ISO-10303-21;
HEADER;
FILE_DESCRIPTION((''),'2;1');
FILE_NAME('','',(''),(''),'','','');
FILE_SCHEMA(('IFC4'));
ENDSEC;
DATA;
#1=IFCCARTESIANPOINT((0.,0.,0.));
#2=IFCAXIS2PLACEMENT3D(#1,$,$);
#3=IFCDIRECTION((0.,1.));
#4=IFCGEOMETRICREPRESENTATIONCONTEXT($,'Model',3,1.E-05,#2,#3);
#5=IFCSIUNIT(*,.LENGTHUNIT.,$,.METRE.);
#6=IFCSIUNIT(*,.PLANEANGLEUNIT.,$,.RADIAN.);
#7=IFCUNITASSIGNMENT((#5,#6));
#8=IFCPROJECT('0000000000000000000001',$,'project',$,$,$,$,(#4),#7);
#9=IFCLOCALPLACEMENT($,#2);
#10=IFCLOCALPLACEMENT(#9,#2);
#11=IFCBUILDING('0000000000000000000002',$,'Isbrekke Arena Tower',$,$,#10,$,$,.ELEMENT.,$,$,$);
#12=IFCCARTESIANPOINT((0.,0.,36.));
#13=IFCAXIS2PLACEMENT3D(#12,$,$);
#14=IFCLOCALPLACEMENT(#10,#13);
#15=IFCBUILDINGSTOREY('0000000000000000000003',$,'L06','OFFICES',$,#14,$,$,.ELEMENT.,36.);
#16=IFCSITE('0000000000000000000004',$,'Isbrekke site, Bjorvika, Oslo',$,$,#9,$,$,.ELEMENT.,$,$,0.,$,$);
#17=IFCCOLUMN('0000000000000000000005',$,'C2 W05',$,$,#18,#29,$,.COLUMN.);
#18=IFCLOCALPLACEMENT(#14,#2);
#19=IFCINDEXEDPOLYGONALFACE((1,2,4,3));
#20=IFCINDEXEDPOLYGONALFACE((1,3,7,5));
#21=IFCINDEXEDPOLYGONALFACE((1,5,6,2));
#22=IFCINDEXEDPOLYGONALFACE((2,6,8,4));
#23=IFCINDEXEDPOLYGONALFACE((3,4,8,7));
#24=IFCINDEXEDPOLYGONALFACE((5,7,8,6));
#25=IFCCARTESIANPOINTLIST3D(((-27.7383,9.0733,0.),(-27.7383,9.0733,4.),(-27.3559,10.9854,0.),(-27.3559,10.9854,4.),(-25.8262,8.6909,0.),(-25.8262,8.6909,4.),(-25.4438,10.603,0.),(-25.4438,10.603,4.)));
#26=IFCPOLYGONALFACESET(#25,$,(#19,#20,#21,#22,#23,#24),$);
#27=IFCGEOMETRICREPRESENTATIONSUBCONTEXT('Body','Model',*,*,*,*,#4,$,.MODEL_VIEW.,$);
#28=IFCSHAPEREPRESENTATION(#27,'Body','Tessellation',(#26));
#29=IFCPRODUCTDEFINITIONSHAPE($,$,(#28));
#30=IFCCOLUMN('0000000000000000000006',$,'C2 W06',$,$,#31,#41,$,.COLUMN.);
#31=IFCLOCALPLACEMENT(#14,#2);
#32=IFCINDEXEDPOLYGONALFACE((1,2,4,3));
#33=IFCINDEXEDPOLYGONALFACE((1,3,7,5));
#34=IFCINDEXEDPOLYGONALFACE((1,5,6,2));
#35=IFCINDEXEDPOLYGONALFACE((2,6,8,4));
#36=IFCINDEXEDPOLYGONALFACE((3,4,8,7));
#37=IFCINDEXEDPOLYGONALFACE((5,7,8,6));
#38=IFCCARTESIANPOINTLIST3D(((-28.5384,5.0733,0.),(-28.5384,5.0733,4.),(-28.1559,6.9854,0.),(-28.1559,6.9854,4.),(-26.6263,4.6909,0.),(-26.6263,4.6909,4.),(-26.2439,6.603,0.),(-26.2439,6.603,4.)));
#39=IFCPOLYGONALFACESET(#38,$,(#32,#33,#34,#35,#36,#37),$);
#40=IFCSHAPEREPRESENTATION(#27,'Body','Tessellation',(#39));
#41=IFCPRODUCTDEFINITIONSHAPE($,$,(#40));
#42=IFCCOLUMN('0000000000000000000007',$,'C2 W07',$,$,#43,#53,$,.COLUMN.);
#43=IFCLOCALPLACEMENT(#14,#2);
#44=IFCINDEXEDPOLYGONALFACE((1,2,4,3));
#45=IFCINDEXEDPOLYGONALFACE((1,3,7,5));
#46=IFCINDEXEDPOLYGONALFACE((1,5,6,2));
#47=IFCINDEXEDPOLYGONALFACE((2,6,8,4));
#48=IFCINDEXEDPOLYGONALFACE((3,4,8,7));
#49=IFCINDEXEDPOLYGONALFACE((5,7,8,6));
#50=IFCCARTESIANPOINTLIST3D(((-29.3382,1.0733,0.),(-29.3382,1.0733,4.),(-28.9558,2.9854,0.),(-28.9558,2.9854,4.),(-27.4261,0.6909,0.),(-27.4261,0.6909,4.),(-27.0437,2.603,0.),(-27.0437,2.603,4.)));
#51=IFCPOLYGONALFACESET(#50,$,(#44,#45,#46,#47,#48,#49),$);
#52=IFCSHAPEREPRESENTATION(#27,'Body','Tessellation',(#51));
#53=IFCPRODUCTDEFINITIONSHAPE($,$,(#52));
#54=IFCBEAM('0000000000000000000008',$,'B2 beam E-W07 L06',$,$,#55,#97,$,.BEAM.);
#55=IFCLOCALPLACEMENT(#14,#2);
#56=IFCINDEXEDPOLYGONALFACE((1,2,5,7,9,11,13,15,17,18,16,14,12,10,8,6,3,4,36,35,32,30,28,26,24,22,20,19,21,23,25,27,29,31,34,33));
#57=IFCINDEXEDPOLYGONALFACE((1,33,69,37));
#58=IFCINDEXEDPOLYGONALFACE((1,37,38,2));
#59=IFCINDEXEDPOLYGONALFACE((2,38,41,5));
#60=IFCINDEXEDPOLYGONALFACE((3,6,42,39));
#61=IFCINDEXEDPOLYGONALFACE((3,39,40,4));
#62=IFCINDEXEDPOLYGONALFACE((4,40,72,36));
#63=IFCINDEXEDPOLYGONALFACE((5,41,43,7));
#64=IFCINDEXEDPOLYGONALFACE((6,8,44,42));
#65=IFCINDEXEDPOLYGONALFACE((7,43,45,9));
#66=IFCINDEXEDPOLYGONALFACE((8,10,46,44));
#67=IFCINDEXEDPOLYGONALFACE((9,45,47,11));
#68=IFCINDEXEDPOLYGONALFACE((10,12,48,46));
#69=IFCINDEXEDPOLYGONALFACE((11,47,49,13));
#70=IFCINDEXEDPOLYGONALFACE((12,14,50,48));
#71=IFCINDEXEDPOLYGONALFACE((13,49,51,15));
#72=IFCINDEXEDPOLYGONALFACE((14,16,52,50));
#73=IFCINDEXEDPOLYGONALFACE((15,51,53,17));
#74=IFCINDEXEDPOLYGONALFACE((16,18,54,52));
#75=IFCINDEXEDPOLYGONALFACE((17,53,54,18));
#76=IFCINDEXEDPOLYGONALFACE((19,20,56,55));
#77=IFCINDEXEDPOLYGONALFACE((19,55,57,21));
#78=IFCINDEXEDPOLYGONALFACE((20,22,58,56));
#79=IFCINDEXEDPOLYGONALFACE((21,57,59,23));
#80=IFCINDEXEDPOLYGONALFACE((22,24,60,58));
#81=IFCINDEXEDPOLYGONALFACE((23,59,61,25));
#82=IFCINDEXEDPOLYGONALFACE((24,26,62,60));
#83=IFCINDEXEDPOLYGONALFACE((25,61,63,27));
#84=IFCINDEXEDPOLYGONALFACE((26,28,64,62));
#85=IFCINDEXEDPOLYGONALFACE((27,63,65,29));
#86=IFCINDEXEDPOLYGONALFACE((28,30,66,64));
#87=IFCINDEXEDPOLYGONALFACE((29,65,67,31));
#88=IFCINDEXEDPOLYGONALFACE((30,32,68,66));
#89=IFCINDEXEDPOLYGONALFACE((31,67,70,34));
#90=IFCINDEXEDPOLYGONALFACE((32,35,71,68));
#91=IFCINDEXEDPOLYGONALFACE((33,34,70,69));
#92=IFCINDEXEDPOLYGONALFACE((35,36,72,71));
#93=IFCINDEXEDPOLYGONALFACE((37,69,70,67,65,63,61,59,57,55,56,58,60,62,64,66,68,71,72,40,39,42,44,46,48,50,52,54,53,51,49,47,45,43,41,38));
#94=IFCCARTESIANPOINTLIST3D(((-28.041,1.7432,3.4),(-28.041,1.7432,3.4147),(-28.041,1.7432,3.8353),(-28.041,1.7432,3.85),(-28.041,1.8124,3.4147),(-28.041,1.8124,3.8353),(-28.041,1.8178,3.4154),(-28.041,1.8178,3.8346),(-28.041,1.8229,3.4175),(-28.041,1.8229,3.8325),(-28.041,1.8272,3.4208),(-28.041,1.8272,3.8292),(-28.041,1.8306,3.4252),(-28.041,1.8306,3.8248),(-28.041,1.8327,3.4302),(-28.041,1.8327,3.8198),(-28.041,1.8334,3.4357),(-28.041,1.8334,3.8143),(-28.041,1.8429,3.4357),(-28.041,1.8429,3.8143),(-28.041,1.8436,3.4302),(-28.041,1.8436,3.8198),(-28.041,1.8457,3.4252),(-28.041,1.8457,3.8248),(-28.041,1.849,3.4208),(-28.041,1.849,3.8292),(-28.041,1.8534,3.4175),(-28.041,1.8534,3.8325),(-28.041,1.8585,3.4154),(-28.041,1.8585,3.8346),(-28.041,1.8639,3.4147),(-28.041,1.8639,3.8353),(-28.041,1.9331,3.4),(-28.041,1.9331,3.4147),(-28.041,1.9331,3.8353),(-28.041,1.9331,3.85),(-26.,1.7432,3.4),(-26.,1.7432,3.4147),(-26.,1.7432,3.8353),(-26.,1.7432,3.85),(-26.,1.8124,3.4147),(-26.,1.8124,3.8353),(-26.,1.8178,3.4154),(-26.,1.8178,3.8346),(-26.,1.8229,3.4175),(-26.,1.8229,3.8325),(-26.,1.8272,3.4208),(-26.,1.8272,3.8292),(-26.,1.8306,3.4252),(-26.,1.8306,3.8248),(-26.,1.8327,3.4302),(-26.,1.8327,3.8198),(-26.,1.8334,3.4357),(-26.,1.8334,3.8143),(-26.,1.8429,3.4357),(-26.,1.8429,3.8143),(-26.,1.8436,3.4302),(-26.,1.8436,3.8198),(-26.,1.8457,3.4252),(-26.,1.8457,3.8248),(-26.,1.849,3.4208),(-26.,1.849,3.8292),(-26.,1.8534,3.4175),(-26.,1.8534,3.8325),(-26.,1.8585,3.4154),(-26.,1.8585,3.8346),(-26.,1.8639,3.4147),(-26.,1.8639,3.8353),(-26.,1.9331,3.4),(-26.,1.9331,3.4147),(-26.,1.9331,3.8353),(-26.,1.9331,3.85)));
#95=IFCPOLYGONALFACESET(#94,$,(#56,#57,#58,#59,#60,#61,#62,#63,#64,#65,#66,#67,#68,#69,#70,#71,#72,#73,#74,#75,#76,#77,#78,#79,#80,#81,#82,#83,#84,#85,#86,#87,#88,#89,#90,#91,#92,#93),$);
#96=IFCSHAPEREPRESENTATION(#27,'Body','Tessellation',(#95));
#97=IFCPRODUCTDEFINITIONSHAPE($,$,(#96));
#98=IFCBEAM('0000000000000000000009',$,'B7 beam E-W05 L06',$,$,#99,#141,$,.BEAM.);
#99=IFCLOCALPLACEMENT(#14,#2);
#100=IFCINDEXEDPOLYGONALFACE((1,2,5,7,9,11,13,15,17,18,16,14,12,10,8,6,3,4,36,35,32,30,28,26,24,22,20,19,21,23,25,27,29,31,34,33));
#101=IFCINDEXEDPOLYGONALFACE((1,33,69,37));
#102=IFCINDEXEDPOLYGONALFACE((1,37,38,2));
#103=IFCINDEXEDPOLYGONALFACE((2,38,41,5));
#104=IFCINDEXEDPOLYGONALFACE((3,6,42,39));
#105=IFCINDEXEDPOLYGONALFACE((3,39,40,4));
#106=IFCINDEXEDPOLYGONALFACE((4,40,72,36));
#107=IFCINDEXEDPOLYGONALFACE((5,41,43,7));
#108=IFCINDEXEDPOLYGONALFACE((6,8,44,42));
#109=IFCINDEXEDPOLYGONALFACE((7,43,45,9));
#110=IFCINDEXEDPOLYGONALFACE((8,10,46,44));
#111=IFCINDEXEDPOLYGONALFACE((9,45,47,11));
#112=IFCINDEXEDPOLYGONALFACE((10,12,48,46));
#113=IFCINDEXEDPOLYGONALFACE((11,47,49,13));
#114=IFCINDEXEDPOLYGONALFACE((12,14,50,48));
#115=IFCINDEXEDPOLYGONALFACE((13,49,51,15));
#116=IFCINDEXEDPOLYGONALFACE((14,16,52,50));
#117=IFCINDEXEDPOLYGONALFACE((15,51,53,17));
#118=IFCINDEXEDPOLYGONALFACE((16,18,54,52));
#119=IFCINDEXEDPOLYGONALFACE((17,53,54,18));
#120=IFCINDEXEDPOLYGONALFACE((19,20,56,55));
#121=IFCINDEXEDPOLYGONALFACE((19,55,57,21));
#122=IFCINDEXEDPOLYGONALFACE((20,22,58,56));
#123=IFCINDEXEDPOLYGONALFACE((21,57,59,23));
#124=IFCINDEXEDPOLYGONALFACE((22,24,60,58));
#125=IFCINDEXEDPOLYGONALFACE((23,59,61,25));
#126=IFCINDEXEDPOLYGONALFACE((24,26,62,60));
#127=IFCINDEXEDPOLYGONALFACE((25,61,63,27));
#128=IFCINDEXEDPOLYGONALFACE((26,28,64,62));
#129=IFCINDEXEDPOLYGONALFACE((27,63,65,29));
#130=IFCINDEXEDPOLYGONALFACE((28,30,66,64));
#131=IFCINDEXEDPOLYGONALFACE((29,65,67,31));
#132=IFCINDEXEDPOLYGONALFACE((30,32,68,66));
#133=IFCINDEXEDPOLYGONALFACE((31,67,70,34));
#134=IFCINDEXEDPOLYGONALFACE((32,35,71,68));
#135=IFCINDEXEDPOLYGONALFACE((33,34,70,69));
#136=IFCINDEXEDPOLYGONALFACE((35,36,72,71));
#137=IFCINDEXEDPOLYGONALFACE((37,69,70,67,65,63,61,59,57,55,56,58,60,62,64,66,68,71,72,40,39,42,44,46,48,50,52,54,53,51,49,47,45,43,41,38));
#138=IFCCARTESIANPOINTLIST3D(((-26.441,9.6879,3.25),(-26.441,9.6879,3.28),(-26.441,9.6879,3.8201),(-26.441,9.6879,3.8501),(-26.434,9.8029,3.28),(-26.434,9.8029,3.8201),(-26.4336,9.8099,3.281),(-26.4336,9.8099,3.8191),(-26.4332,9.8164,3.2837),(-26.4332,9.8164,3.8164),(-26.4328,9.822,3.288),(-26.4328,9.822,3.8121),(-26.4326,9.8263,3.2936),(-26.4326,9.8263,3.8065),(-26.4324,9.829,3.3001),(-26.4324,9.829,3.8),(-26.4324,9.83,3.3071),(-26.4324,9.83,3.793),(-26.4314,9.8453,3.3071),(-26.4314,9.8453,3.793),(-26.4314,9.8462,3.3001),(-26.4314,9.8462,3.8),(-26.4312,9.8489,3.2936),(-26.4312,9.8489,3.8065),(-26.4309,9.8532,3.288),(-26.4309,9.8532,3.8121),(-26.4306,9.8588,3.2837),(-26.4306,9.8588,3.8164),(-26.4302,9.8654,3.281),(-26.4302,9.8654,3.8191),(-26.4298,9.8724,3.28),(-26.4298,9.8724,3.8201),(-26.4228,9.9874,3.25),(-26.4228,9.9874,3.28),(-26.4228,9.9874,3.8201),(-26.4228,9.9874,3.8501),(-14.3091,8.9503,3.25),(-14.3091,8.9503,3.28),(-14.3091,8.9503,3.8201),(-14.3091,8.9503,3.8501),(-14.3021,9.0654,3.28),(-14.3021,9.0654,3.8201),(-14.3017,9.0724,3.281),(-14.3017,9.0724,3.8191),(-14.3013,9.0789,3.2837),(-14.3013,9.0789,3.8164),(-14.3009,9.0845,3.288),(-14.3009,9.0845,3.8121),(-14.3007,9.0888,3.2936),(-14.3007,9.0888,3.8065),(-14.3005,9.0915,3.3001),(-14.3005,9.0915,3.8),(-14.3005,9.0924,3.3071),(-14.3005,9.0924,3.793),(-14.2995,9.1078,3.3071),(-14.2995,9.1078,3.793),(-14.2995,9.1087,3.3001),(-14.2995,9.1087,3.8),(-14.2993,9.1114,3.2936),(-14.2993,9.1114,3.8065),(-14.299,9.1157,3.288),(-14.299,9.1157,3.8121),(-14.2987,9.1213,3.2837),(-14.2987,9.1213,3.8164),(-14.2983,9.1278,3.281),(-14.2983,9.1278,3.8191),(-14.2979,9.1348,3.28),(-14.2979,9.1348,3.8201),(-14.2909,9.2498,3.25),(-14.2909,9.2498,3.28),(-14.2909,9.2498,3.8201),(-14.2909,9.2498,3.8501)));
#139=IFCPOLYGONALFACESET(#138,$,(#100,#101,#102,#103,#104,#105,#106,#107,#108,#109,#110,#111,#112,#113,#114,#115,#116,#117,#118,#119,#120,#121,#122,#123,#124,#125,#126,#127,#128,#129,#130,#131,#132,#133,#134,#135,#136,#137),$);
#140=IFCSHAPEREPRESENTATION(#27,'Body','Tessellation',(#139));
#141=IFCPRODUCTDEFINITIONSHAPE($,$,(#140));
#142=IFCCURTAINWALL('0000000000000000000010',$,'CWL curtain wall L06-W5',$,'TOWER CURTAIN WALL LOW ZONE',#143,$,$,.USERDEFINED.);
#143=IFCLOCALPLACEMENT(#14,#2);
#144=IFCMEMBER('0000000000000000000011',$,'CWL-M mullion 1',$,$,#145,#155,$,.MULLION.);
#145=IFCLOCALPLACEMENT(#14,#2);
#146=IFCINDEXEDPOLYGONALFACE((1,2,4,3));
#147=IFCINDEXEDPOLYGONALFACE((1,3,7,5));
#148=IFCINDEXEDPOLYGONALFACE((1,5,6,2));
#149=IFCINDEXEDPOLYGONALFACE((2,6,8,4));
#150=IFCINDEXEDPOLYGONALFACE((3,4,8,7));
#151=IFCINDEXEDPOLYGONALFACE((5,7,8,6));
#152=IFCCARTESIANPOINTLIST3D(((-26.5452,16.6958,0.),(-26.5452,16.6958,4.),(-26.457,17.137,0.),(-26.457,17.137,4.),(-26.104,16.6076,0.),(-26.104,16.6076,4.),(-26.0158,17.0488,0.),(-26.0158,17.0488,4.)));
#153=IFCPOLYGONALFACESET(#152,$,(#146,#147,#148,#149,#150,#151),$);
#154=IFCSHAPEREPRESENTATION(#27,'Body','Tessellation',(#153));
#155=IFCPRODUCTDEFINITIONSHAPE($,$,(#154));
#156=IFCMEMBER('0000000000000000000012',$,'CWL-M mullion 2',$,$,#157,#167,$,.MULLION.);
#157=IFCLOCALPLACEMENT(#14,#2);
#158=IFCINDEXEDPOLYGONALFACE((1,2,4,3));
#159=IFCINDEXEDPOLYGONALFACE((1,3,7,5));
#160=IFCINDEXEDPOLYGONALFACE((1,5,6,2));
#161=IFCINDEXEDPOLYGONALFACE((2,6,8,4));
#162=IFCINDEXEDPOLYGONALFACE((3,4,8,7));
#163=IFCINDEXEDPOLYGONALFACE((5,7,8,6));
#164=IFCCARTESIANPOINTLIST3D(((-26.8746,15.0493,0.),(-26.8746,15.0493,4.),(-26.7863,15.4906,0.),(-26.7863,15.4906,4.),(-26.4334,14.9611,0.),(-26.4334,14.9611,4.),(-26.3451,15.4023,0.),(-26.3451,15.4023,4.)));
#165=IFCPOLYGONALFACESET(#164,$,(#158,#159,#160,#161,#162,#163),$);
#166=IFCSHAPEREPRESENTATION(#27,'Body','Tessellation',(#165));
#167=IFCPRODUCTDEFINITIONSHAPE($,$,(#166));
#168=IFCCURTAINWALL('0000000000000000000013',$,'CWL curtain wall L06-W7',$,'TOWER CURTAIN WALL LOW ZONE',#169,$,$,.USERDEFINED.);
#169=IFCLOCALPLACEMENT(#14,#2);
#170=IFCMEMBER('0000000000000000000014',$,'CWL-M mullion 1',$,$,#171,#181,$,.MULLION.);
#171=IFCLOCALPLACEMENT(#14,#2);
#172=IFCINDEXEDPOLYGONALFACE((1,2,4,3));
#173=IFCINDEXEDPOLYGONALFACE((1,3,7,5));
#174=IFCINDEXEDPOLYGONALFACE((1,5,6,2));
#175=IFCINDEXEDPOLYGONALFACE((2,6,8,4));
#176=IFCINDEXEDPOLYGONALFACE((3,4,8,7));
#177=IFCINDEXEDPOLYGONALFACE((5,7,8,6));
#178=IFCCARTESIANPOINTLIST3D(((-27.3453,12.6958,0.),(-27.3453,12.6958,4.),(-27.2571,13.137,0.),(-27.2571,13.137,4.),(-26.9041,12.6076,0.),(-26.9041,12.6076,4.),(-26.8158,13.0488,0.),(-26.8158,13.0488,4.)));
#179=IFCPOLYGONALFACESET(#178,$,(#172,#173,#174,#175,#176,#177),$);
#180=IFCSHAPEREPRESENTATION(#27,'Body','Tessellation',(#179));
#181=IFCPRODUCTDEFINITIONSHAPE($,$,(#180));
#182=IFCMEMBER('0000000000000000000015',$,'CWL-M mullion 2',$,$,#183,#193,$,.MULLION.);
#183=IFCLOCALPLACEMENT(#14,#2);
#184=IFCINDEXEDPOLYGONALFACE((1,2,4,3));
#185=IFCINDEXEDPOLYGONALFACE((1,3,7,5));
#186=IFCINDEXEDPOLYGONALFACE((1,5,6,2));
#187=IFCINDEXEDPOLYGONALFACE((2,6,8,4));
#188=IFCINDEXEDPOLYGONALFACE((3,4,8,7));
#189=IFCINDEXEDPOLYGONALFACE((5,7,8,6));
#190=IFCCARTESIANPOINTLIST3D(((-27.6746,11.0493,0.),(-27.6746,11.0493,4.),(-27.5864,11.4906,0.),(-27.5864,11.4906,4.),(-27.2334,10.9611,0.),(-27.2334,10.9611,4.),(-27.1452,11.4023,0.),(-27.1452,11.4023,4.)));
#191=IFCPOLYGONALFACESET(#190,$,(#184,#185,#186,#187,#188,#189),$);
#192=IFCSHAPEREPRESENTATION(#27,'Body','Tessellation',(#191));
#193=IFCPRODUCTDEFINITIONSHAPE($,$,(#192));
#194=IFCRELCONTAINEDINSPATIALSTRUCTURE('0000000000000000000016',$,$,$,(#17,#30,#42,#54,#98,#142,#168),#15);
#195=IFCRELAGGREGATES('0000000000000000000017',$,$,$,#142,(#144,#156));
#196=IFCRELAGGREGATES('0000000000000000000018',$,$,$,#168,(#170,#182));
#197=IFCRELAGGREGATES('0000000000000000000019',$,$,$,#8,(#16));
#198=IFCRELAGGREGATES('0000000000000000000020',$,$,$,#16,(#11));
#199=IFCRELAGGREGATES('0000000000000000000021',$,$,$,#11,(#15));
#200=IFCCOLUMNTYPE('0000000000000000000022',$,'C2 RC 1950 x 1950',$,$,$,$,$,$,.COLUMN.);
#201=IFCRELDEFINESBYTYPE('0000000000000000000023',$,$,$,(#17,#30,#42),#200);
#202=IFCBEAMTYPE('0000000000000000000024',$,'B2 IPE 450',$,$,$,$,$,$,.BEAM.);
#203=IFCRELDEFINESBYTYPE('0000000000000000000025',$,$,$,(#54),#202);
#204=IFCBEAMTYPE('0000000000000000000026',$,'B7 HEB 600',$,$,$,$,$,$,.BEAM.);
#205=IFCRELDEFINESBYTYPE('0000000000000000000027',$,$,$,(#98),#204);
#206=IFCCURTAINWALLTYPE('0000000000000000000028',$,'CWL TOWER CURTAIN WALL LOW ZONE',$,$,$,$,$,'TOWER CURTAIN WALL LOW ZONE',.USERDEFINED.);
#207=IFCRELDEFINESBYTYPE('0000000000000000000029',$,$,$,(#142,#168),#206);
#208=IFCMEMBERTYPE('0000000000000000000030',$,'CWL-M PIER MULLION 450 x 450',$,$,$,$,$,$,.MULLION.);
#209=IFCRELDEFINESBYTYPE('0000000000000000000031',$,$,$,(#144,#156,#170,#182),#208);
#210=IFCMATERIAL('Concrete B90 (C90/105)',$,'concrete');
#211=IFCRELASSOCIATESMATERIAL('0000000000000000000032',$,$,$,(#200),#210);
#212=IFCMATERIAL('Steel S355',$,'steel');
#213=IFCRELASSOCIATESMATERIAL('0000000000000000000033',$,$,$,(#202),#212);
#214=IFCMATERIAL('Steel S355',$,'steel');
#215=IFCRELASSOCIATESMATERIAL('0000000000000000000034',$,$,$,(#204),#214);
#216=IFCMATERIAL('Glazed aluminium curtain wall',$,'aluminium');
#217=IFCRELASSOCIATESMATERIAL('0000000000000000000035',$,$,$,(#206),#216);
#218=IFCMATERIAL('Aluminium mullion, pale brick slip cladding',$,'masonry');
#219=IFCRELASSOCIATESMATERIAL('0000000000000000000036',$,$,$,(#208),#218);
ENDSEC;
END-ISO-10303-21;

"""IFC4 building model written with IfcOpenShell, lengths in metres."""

from ifc_helpers import new_model, si_unit, direction, frame, origin, origin_2d, place, context, subcontext, project, spatial, rectangle, i_section, extrude, material, material_profile, profile_set, type_object, element, aggregate, save


model = new_model("IFC4")

# Units and contexts
model_context = context("Model", 3, precision=1e-05, world=origin(), true_north=direction((0.0, 1.0)))
body_context = subcontext(model_context, "Body", "Model", "MODEL_VIEW")
ifc_project = project(units=[si_unit("LENGTHUNIT", "METRE"), si_unit("PLANEANGLEUNIT", "RADIAN")], contexts=[model_context])

# Site, building, storey
site_placement = place(None, origin())
site = spatial("IfcSite", under=ifc_project, at=site_placement, Name="Isbrekke site, Bjorvika, Oslo", CompositionType="ELEMENT", RefElevation=0.0)
building_placement = place(site_placement, origin())
building = spatial("IfcBuilding", under=site, at=building_placement, Name="Isbrekke Arena Tower", CompositionType="ELEMENT")
storey_placement = place(building_placement, frame((0.0, 0.0, 36.0)))
storey = spatial("IfcBuildingStorey", under=building, at=storey_placement, Name="L06", Description="OFFICES", CompositionType="ELEMENT", Elevation=36.0)

# Columns
ifc_material_1 = material(Name="Concrete B90 (C90/105)", Category="concrete")
ifc_material_profile_1 = material_profile(ifc_material_1, rectangle(XDim=1.95, YDim=1.95, at=origin_2d()), Name="RC 1950x1950")
ifc_profile_set_1 = profile_set([ifc_material_profile_1], Name="Concrete B90 (C90/105)")
column_type = type_object("IfcColumnType", Name="C2 RC 1950 x 1950", PredefinedType="COLUMN", material=ifc_profile_set_1)
for number, where, z_axis, x_axis, name in (
    (1, (-26.5911, 9.8381, 0.0), (0.0, 0.0, 1.0), (-0.196116, -0.980581, 0.0), "C2 W05"),
    (2, (-27.3911, 5.8381, 0.0), (0.0, 0.0, 1.0), (-0.196116, -0.980581, 0.0), "C2 W06"),
    (3, (-28.1909, 1.8381, 0.0), (0.0, 0.0, 1.0), (-0.196116, -0.980581, 0.0), "C2 W07"),
):
    element("IfcColumn", number, at=place(storey_placement, frame(where, z_axis=z_axis, x_axis=x_axis)), inside=storey, type_object=column_type, Name=name, PredefinedType="COLUMN", context=body_context, shape_type="SweptSolid", body=[
        extrude(rectangle(XDim=1.95, YDim=1.95, at=origin_2d()), origin(), (0.0, 0.0, 1.0), 4.0),
    ])

# Beams
ifc_material_2 = material(Name="Steel S355", Category="steel")
ifc_material_profile_2 = material_profile(ifc_material_2, i_section(OverallWidth=0.1899, OverallDepth=0.45, WebThickness=0.0095, FlangeThickness=0.0146, FilletRadius=0.021, at=origin_2d()), Name="IPE 450")
ifc_profile_set_2 = profile_set([ifc_material_profile_2], Name="Steel S355")
beam_type_1 = type_object("IfcBeamType", Name="B2 IPE 450", PredefinedType="BEAM", material=ifc_profile_set_2)
beam_1_placement = place(storey_placement, frame((-28.041, 1.8381, 3.625), z_axis=(1.0, 0.0, 0.0), x_axis=(0.0, 1.0, 0.0)))
element("IfcBeam", 4, at=beam_1_placement, inside=storey, type_object=beam_type_1, Name="B2 beam E-W07 L06", PredefinedType="BEAM", context=body_context, shape_type="SweptSolid", body=[
    extrude(i_section(OverallWidth=0.1899, OverallDepth=0.45, WebThickness=0.0095, FlangeThickness=0.0146, FilletRadius=0.021, at=origin_2d()), origin(), (0.0, 0.0, 1.0), 2.041),
])
ifc_material_3 = material(Name="Steel S355", Category="steel")
ifc_material_profile_3 = material_profile(ifc_material_3, i_section(OverallWidth=0.3, OverallDepth=0.6001, WebThickness=0.0154, FlangeThickness=0.03, FilletRadius=0.0271, at=origin_2d()), Name="HEB 600")
ifc_profile_set_3 = profile_set([ifc_material_profile_3], Name="Steel S355")
beam_type_2 = type_object("IfcBeamType", Name="B7 HEB 600", PredefinedType="BEAM", material=ifc_profile_set_3)
beam_2_placement = place(storey_placement, frame((-26.4319, 9.8376, 3.55), z_axis=(0.998157, -0.060682, 0.0), x_axis=(0.060682, 0.998157, 0.0)))
element("IfcBeam", 5, at=beam_2_placement, inside=storey, type_object=beam_type_2, Name="B7 beam E-W05 L06", PredefinedType="BEAM", context=body_context, shape_type="SweptSolid", body=[
    extrude(i_section(OverallWidth=0.3, OverallDepth=0.6001, WebThickness=0.0154, FlangeThickness=0.03, FilletRadius=0.0271, at=origin_2d()), origin(), (0.0, 0.0, 1.0), 12.1543),
])

# Curtain walls, members
ifc_material_4 = material(Name="Glazed aluminium curtain wall", Category="aluminium")
curtain_wall_type = type_object("IfcCurtainWallType", Name="CWL TOWER CURTAIN WALL LOW ZONE", ElementType="TOWER CURTAIN WALL LOW ZONE", PredefinedType="USERDEFINED", material=ifc_material_4)
curtain_wall_1_placement = place(storey_placement, origin())
curtain_wall_1 = element("IfcCurtainWall", 6, at=curtain_wall_1_placement, inside=storey, type_object=curtain_wall_type, Name="CWL curtain wall L06-W5", ObjectType="TOWER CURTAIN WALL LOW ZONE", PredefinedType="USERDEFINED")
ifc_material_5 = material(Name="Aluminium mullion, pale brick slip cladding", Category="masonry")
ifc_material_profile_4 = material_profile(ifc_material_5, rectangle(XDim=0.45, YDim=0.45, at=origin_2d()), Name="PIER 450X450")
ifc_profile_set_4 = profile_set([ifc_material_profile_4], Name="Aluminium mullion, pale brick slip cladding")
member_type_1 = type_object("IfcMemberType", Name="CWL-M PIER MULLION 450 x 450", PredefinedType="MULLION", material=ifc_profile_set_4)
member_1_placement = place(storey_placement, frame((-26.2805, 16.8723, 0.0), z_axis=(0.0, 0.0, 1.0), x_axis=(-0.196116, -0.980581, 0.0)))
member_1 = element("IfcMember", 7, at=member_1_placement, type_object=member_type_1, Name="CWL-M mullion 1", PredefinedType="MULLION", context=body_context, shape_type="SweptSolid", body=[
    extrude(rectangle(XDim=0.45, YDim=0.45, at=origin_2d()), origin(), (0.0, 0.0, 1.0), 4.0),
])
member_2_placement = place(storey_placement, frame((-26.6099, 15.2258, 0.0), z_axis=(0.0, 0.0, 1.0), x_axis=(-0.196116, -0.980581, 0.0)))
member_2 = element("IfcMember", 8, at=member_2_placement, type_object=member_type_1, Name="CWL-M mullion 2", PredefinedType="MULLION", context=body_context, shape_type="SweptSolid", body=[
    extrude(rectangle(XDim=0.45, YDim=0.45, at=origin_2d()), origin(), (0.0, 0.0, 1.0), 4.0),
])
curtain_wall_2_placement = place(storey_placement, origin())
curtain_wall_2 = element("IfcCurtainWall", 9, at=curtain_wall_2_placement, inside=storey, type_object=curtain_wall_type, Name="CWL curtain wall L06-W7", ObjectType="TOWER CURTAIN WALL LOW ZONE", PredefinedType="USERDEFINED")
member_3_placement = place(storey_placement, frame((-27.0806, 12.8723, 0.0), z_axis=(0.0, 0.0, 1.0), x_axis=(-0.196116, -0.980581, 0.0)))
member_3 = element("IfcMember", 10, at=member_3_placement, type_object=member_type_1, Name="CWL-M mullion 1", PredefinedType="MULLION", context=body_context, shape_type="SweptSolid", body=[
    extrude(rectangle(XDim=0.45, YDim=0.45, at=origin_2d()), origin(), (0.0, 0.0, 1.0), 4.0),
])
member_4_placement = place(storey_placement, frame((-27.4099, 11.2258, 0.0), z_axis=(0.0, 0.0, 1.0), x_axis=(-0.196116, -0.980581, 0.0)))
member_4 = element("IfcMember", 11, at=member_4_placement, type_object=member_type_1, Name="CWL-M mullion 2", PredefinedType="MULLION", context=body_context, shape_type="SweptSolid", body=[
    extrude(rectangle(XDim=0.45, YDim=0.45, at=origin_2d()), origin(), (0.0, 0.0, 1.0), 4.0),
])

aggregate(curtain_wall_1, [member_1, member_2])
aggregate(curtain_wall_2, [member_3, member_4])

save(model, "model.ifc")
